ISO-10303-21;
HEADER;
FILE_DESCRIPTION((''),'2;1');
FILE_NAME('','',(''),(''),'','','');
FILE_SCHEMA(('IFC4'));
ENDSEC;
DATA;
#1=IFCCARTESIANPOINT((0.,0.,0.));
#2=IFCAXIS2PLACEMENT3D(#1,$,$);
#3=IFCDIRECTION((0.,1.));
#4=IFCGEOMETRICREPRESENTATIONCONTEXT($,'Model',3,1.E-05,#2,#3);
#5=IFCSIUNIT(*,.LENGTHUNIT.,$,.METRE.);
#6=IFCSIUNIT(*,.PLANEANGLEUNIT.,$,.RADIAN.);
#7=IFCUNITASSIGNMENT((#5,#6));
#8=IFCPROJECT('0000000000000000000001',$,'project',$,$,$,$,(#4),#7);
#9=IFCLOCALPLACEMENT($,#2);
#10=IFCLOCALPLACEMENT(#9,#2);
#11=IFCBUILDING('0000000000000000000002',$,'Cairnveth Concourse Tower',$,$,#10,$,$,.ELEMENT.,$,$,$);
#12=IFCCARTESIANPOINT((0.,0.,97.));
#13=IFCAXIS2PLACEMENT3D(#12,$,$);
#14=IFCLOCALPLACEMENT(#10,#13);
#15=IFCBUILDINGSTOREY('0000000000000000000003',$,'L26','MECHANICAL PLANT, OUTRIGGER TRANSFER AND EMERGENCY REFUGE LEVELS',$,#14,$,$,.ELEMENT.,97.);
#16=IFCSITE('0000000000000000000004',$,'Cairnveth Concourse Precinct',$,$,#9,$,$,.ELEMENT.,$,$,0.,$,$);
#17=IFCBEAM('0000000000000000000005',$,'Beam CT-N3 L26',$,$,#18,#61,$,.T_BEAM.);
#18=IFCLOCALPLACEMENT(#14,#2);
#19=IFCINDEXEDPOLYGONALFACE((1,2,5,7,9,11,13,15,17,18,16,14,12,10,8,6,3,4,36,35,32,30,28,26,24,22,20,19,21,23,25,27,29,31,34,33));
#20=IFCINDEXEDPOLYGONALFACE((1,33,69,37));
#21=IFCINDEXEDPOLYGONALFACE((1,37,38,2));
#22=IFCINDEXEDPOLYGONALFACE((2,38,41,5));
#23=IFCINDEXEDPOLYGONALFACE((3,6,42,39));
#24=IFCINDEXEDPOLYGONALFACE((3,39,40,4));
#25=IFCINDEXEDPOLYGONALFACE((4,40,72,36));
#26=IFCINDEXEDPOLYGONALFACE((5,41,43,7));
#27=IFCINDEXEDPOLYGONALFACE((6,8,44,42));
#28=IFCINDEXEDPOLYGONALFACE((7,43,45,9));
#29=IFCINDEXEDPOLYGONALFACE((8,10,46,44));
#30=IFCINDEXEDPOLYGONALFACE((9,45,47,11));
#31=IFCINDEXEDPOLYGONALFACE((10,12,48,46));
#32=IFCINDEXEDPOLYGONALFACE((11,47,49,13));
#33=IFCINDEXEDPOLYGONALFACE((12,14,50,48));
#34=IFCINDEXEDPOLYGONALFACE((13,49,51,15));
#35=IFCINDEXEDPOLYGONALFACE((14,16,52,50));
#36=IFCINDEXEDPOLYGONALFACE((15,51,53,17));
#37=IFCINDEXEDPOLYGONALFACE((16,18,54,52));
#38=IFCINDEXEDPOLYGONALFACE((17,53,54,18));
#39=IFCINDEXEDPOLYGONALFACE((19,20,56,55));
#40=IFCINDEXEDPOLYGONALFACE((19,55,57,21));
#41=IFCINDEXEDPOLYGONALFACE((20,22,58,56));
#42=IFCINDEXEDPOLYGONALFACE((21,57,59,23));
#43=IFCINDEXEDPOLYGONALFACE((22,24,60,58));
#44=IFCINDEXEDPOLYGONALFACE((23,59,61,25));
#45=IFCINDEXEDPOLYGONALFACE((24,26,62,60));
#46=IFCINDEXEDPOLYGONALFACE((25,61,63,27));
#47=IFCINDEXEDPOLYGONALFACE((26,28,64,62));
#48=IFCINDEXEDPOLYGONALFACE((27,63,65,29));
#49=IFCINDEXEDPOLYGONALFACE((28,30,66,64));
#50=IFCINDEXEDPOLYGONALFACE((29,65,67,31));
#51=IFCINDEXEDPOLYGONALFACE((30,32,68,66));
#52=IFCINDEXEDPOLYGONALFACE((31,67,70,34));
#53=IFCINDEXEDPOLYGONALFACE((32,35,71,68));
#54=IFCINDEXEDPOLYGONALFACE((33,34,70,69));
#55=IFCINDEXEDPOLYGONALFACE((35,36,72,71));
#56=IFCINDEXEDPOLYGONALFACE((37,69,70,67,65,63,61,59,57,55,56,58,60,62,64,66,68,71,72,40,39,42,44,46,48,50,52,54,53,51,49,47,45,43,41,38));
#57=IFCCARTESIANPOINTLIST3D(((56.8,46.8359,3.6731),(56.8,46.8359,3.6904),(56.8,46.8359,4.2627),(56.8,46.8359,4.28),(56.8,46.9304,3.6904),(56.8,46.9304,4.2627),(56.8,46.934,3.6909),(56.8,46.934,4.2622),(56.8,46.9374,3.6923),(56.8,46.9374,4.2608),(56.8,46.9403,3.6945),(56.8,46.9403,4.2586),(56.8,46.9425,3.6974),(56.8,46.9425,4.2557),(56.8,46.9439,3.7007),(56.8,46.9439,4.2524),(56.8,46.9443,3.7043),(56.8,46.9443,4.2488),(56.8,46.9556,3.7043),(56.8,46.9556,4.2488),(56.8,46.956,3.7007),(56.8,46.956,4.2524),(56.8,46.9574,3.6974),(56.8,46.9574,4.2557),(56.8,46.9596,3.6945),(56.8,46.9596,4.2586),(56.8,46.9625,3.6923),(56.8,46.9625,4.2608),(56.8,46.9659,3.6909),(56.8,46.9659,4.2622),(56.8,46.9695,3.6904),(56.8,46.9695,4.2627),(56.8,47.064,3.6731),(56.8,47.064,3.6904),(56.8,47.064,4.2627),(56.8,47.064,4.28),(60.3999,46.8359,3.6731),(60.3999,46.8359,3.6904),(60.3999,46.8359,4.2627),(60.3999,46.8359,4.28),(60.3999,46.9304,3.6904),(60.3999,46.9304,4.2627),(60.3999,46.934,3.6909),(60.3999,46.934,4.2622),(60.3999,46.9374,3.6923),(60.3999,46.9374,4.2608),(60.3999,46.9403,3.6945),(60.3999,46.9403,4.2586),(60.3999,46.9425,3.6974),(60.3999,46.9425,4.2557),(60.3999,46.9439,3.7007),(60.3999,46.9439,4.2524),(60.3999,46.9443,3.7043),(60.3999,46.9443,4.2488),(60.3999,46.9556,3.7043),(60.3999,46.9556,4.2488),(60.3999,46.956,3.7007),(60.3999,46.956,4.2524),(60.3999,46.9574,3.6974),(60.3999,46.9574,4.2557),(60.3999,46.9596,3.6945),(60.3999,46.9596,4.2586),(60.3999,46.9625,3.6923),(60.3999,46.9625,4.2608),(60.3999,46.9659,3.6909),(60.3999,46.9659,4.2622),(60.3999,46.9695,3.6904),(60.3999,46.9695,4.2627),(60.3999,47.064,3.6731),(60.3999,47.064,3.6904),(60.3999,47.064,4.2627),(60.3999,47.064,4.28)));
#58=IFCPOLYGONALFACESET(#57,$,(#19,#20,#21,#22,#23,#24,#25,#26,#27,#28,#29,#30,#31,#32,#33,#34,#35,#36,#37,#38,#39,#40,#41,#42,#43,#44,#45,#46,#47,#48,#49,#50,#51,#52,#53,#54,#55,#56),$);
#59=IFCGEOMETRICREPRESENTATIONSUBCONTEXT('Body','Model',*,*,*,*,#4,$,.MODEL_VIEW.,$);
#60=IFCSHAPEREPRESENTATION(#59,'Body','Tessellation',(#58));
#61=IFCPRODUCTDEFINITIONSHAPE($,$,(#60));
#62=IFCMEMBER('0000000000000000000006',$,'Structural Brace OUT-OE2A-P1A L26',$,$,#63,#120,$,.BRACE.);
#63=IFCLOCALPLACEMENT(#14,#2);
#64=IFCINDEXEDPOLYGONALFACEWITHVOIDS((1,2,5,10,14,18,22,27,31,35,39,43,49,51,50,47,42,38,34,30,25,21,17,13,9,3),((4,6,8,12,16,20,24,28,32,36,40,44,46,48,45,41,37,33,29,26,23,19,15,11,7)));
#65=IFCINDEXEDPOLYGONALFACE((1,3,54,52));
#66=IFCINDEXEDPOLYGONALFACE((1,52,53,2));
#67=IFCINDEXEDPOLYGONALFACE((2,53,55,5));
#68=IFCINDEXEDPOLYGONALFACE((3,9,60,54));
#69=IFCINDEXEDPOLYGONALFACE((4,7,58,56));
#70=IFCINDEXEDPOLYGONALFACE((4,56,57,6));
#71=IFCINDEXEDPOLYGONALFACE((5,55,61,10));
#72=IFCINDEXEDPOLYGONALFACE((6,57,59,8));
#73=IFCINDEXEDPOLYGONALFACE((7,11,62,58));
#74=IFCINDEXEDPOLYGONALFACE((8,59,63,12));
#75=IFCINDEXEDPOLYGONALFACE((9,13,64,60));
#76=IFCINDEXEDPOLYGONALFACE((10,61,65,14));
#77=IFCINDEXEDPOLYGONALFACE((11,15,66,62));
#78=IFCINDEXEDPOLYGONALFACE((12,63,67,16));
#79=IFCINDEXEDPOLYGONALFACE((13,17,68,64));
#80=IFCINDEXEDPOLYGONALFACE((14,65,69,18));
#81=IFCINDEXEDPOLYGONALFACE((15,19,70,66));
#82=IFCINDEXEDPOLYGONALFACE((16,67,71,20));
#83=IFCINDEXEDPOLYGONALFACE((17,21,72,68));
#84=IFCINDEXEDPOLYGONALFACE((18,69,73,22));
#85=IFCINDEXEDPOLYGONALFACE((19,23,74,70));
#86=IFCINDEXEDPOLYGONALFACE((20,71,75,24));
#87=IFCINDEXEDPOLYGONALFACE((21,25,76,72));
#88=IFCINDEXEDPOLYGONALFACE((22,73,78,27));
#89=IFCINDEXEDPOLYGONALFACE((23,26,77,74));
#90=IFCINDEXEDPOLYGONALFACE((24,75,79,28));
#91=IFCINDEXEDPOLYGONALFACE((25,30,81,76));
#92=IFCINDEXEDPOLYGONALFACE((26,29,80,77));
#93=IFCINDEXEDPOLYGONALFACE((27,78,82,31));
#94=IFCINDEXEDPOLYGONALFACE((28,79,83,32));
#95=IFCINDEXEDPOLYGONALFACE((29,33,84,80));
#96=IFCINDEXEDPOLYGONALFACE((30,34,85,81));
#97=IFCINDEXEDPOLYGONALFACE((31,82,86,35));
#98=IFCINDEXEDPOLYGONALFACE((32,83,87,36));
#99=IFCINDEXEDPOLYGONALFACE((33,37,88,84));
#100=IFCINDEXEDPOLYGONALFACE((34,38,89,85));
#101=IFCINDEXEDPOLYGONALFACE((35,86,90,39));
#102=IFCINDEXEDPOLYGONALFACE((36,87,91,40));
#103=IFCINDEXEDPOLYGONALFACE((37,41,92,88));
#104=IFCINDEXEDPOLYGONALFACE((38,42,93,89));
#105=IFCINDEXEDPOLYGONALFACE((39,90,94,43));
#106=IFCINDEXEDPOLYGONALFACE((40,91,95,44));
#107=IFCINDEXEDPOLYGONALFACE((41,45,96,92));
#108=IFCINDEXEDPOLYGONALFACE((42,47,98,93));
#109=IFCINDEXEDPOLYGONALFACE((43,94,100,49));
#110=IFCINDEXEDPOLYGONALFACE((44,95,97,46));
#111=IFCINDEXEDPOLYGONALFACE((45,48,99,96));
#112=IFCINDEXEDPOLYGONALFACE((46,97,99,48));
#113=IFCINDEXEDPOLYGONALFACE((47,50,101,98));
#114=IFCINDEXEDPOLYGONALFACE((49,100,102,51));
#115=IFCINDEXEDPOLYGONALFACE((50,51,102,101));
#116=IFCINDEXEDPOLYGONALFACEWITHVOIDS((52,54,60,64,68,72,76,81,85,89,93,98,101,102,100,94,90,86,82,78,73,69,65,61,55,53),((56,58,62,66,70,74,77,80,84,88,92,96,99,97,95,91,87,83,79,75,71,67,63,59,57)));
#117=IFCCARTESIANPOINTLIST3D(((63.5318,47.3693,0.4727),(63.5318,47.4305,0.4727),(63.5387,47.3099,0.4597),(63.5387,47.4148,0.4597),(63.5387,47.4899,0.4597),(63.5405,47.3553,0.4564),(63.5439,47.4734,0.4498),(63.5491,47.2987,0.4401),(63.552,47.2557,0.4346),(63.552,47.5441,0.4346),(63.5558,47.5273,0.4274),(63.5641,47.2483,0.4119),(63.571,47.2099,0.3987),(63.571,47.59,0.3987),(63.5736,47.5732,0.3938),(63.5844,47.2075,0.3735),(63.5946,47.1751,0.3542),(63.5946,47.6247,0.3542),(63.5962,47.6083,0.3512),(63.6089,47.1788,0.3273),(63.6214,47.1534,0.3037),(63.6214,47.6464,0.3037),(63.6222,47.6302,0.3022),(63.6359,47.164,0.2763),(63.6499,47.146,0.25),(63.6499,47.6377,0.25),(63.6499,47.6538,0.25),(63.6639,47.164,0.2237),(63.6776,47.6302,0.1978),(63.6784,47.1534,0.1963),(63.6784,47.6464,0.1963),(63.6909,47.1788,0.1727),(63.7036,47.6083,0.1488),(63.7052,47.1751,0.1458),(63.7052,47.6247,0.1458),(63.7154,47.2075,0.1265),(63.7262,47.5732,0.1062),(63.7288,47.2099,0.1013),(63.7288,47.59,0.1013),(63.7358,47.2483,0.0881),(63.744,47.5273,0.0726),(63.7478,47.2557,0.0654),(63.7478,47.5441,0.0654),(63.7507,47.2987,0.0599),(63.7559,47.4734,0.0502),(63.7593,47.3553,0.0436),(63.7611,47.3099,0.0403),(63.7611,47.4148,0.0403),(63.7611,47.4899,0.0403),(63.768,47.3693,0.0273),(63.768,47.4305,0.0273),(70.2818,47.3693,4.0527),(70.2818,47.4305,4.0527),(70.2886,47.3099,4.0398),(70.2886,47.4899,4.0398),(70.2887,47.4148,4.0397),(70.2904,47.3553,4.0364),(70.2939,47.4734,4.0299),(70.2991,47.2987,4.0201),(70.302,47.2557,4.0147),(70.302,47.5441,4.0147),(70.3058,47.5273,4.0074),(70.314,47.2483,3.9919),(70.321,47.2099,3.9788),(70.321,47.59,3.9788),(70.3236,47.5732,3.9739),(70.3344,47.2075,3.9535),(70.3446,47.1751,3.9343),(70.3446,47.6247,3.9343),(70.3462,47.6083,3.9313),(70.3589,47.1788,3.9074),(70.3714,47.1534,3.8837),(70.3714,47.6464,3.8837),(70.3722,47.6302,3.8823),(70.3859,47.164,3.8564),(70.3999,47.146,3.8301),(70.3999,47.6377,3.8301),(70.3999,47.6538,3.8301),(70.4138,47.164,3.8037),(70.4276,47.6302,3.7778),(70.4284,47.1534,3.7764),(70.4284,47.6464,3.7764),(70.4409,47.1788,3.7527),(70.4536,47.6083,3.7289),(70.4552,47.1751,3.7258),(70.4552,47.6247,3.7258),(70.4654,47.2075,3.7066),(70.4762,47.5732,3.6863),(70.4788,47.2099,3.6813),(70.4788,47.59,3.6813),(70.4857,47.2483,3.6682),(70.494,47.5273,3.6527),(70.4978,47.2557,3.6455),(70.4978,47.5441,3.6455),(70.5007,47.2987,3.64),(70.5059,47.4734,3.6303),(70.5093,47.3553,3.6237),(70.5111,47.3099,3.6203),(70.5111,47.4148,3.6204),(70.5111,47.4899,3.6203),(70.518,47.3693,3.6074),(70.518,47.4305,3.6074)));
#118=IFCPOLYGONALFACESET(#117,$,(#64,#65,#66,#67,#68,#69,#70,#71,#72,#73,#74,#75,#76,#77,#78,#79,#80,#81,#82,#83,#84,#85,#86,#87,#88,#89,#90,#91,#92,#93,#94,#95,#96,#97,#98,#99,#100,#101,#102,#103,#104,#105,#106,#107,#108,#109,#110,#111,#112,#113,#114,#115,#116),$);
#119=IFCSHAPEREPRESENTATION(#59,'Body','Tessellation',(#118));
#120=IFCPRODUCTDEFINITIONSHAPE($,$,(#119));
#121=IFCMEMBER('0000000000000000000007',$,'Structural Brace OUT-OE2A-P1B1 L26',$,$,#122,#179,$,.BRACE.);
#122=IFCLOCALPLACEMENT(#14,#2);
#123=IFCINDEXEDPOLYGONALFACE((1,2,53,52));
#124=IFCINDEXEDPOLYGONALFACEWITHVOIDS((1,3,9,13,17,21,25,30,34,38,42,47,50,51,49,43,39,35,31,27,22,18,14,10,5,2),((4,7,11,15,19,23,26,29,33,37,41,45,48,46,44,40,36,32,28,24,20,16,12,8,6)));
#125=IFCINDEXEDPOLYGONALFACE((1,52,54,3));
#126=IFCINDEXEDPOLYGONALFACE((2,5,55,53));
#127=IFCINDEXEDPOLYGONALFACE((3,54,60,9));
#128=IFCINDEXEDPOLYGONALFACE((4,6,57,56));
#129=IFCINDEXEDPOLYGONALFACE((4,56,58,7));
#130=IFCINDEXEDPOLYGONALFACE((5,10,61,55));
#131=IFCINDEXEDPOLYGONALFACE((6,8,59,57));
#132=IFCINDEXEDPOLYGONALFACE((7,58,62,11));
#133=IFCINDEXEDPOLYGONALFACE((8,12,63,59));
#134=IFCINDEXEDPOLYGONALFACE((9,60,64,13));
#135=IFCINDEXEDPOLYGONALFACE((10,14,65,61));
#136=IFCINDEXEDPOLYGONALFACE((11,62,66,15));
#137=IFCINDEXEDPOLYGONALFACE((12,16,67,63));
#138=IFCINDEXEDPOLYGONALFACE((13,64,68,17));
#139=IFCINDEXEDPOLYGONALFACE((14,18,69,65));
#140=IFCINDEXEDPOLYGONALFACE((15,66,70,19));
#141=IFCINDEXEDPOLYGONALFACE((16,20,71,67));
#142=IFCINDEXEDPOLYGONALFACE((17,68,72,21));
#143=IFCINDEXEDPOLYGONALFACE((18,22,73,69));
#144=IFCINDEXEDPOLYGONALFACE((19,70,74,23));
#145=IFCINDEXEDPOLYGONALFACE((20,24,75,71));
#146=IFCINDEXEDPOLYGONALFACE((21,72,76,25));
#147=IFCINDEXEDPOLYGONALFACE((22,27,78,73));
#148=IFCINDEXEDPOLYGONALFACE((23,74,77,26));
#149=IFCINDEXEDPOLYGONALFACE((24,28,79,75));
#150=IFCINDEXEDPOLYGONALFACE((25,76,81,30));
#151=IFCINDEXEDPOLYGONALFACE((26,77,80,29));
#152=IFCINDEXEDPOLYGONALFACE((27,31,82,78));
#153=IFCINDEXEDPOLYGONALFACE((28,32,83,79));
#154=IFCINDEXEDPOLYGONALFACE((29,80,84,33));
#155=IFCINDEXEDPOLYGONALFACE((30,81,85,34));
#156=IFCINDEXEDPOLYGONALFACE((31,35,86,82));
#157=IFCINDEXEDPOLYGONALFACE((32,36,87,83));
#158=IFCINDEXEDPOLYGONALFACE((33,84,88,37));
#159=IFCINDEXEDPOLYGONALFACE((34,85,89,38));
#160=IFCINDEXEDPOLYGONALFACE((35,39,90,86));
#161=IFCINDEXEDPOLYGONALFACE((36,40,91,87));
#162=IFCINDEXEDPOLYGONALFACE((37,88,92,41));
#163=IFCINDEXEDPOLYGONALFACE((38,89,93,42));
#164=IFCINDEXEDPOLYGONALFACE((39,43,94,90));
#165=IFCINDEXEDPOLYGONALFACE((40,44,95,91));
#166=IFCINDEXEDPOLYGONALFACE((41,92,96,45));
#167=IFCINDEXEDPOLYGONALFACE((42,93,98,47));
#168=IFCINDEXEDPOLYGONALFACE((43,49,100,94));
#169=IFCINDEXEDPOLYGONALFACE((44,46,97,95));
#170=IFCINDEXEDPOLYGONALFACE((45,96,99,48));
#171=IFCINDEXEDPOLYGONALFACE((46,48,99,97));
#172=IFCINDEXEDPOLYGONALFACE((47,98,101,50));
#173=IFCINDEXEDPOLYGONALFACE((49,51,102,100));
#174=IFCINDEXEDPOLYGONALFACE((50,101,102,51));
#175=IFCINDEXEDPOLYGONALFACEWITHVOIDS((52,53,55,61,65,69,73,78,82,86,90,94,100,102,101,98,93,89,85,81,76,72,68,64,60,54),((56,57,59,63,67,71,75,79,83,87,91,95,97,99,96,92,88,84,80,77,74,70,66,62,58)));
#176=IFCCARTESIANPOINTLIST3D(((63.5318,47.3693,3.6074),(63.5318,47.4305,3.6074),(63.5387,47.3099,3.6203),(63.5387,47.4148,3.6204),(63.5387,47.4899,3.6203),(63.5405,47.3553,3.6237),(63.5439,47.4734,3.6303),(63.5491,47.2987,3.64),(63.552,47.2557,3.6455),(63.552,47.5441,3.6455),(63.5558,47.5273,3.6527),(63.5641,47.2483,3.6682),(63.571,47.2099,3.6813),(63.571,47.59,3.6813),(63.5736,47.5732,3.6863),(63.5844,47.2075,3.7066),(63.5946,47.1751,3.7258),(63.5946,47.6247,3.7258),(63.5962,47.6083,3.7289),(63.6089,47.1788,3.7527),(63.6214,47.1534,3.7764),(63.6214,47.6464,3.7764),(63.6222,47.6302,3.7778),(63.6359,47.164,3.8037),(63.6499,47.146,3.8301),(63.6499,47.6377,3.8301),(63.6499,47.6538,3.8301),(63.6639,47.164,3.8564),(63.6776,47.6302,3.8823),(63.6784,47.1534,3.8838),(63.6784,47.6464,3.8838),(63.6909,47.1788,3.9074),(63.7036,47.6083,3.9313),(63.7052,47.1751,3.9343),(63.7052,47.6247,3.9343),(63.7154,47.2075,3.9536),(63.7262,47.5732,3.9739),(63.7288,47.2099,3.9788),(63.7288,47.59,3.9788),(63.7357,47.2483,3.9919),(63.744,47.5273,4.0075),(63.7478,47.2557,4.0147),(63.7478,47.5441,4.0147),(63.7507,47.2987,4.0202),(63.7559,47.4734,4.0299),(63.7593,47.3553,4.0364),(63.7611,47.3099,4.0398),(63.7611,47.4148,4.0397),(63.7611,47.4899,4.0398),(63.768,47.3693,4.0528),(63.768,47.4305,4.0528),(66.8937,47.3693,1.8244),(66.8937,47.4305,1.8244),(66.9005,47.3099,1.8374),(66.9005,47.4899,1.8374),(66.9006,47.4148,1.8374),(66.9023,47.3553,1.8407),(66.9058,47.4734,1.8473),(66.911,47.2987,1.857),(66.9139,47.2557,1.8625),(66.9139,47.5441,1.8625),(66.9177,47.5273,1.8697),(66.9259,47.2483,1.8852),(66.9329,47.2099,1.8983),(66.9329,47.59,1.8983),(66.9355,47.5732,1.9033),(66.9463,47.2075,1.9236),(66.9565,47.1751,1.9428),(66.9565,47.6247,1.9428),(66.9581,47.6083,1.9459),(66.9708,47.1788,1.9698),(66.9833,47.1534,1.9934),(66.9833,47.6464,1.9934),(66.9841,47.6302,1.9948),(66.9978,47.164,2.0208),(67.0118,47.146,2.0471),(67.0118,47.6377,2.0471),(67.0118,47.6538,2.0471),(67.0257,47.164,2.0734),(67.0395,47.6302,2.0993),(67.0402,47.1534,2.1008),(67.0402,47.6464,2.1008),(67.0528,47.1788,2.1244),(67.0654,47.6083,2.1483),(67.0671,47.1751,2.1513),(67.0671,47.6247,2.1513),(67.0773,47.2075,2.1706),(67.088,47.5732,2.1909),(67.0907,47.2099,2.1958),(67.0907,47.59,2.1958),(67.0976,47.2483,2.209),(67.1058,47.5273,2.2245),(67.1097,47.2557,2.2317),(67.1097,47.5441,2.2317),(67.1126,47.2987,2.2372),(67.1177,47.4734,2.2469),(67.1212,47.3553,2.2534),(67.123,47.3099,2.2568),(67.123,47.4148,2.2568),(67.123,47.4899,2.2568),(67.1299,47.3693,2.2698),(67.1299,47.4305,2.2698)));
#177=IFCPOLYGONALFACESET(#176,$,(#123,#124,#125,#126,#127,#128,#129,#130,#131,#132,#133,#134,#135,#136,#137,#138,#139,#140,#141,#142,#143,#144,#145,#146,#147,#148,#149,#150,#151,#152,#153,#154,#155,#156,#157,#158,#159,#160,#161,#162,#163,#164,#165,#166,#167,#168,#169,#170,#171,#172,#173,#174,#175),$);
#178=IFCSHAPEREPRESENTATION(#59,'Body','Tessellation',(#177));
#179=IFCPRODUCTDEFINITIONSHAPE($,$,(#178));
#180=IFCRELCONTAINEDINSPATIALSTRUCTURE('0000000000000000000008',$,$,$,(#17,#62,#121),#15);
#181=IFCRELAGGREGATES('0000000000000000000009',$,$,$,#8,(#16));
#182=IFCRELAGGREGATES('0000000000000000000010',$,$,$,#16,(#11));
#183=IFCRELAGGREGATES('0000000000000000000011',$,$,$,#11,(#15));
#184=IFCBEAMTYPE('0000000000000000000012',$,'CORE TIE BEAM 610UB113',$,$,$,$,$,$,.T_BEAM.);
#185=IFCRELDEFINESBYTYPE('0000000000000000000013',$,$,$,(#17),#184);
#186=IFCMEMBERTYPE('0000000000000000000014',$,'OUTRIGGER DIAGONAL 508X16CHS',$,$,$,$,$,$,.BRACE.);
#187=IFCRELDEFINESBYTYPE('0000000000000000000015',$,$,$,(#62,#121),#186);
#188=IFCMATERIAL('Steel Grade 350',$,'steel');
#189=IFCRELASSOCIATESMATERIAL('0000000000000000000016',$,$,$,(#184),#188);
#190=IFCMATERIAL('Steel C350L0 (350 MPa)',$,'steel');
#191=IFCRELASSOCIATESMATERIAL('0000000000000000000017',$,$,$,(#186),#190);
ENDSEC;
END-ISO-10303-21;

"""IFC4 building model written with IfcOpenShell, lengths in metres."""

from ifc_helpers import new_model, si_unit, direction, frame, origin, origin_2d, place, context, subcontext, project, spatial, hollow_circle, i_section, extrude, material, material_profile, profile_set, type_object, element, save


model = new_model("IFC4")

# Units and contexts
model_context = context("Model", 3, precision=1e-05, world=origin(), true_north=direction((0.0, 1.0)))
body_context = subcontext(model_context, "Body", "Model", "MODEL_VIEW")
ifc_project = project(units=[si_unit("LENGTHUNIT", "METRE"), si_unit("PLANEANGLEUNIT", "RADIAN")], contexts=[model_context])

# Site, building, storey
site_placement = place(None, origin())
site = spatial("IfcSite", under=ifc_project, at=site_placement, Name="Cairnveth Concourse Precinct", CompositionType="ELEMENT", RefElevation=0.0)
building_placement = place(site_placement, origin())
building = spatial("IfcBuilding", under=site, at=building_placement, Name="Cairnveth Concourse Tower", CompositionType="ELEMENT")
storey_placement = place(building_placement, frame((0.0, 0.0, 97.0)))
storey = spatial("IfcBuildingStorey", under=building, at=storey_placement, Name="L26", Description="MECHANICAL PLANT, OUTRIGGER TRANSFER AND EMERGENCY REFUGE LEVELS", CompositionType="ELEMENT", Elevation=97.0)

# Shared definitions
ifc_material_1 = material(Name="Steel C350L0 (350 MPa)", Category="steel")

# Beam
ifc_material_2 = material(Name="Steel Grade 350", Category="steel")
ifc_material_profile_1 = material_profile(ifc_material_2, i_section(OverallWidth=0.228, OverallDepth=0.6069, WebThickness=0.0112, FlangeThickness=0.0173, FilletRadius=0.0139, at=origin_2d()), Name="610UB113")
ifc_profile_set_1 = profile_set([ifc_material_profile_1], Name="Steel Grade 350")
beam_type_1 = type_object("IfcBeamType", Name="CORE TIE BEAM 610UB113", PredefinedType="T_BEAM", material=ifc_profile_set_1)
beam_1_placement = place(storey_placement, frame((56.8, 46.95, 3.9766), z_axis=(1.0, 0.0, 0.0), x_axis=(0.0, 1.0, 0.0)))
element("IfcBeam", 1, at=beam_1_placement, inside=storey, type_object=beam_type_1, Name="Beam CT-N3 L26", PredefinedType="T_BEAM", context=body_context, shape_type="SweptSolid", body=[
    extrude(i_section(OverallWidth=0.228, OverallDepth=0.6069, WebThickness=0.0112, FlangeThickness=0.0173, FilletRadius=0.0139, at=origin_2d()), origin(), (0.0, 0.0, 1.0), 3.5999),
])

# Members
ifc_material_profile_2 = material_profile(ifc_material_1, hollow_circle(Radius=0.2539, WallThickness=0.0161, at=origin_2d()), Name="508.0x16.0CHS")
ifc_profile_set_2 = profile_set([ifc_material_profile_2], Name="Steel C350L0 (350 MPa)")
member_type_1 = type_object("IfcMemberType", Name="OUTRIGGER DIAGONAL 508X16CHS", PredefinedType="BRACE", material=ifc_profile_set_2)
member_1_placement = place(storey_placement, frame((63.6499, 47.3999, 0.25), z_axis=(0.883433, 0.0, 0.468557), x_axis=(0.0, 1.0, 0.0)))
element("IfcMember", 2, at=member_1_placement, inside=storey, type_object=member_type_1, Name="Structural Brace OUT-OE2A-P1A L26", PredefinedType="BRACE", context=body_context, shape_type="SweptSolid", body=[
    extrude(hollow_circle(Radius=0.2539, WallThickness=0.0161, at=origin_2d()), origin(), (0.0, 0.0, 1.0), 7.6406),
])
member_2_placement = place(storey_placement, frame((63.6499, 47.3999, 3.8301), z_axis=(0.883443, 0.0, -0.468539), x_axis=(0.0, 1.0, 0.0)))
element("IfcMember", 3, at=member_2_placement, inside=storey, type_object=member_type_1, Name="Structural Brace OUT-OE2A-P1B1 L26", PredefinedType="BRACE", context=body_context, shape_type="SweptSolid", body=[
    extrude(hollow_circle(Radius=0.2539, WallThickness=0.0161, at=origin_2d()), origin(), (0.0, 0.0, 1.0), 3.8054),
])

save(model, "model.ifc")
